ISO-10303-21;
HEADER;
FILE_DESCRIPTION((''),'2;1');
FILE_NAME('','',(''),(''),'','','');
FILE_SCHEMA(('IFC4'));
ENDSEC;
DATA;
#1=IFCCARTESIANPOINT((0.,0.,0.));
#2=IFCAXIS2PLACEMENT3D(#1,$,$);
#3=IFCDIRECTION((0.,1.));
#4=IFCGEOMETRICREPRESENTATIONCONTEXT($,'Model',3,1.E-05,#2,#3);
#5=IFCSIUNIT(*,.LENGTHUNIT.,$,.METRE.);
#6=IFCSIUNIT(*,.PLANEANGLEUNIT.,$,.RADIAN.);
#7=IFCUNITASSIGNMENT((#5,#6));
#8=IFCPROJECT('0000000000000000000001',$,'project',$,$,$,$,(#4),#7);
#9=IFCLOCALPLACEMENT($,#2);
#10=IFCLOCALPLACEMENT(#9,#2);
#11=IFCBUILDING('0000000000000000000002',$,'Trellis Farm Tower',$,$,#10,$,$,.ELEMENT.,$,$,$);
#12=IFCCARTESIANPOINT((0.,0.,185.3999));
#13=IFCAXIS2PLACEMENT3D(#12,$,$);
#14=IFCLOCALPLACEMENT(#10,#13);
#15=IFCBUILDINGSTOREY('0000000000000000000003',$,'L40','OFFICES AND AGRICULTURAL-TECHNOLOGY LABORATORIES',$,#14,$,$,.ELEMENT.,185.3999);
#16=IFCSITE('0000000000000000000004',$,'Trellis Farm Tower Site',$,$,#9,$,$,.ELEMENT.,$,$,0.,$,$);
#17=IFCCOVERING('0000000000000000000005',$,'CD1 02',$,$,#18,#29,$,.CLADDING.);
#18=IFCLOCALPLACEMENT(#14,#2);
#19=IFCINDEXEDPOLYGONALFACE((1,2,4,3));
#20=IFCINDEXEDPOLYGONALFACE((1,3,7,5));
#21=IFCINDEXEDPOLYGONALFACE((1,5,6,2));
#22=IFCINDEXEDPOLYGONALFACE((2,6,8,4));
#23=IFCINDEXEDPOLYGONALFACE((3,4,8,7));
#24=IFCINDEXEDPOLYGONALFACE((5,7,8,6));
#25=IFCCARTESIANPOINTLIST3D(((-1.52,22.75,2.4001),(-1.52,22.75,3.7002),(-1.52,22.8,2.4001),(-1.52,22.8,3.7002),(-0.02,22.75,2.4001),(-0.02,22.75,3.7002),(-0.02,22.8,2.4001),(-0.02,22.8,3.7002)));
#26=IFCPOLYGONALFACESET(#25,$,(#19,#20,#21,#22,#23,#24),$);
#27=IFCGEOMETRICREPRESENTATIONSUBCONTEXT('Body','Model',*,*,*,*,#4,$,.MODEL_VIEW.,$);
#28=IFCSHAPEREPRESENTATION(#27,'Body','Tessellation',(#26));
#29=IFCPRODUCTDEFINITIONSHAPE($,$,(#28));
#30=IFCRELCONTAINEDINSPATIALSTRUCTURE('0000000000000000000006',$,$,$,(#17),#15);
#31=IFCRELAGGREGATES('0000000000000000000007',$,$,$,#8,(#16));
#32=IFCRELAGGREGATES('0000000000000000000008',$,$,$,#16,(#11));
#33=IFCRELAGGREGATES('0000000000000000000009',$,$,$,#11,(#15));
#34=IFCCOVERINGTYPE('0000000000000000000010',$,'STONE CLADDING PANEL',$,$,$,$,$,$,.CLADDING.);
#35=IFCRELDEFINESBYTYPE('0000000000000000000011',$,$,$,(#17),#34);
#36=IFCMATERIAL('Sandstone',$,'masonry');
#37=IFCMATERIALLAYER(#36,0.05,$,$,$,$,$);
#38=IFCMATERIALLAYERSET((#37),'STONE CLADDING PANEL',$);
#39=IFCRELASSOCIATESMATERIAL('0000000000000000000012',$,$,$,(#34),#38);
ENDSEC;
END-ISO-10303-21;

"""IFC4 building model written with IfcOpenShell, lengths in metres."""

from ifc_helpers import new_model, si_unit, direction, frame, origin, place, context, subcontext, project, spatial, polyline, outline, extrude, material, layer, layer_set, type_object, element, save


model = new_model("IFC4")

# Units and contexts
model_context = context("Model", 3, precision=1e-05, world=origin(), true_north=direction((0.0, 1.0)))
body_context = subcontext(model_context, "Body", "Model", "MODEL_VIEW")
ifc_project = project(units=[si_unit("LENGTHUNIT", "METRE"), si_unit("PLANEANGLEUNIT", "RADIAN")], contexts=[model_context])

# Site, building, storey
site_placement = place(None, origin())
site = spatial("IfcSite", under=ifc_project, at=site_placement, Name="Trellis Farm Tower Site", CompositionType="ELEMENT", RefElevation=0.0)
building_placement = place(site_placement, origin())
building = spatial("IfcBuilding", under=site, at=building_placement, Name="Trellis Farm Tower", CompositionType="ELEMENT")
storey_placement = place(building_placement, frame((0.0, 0.0, 185.3999)))
storey = spatial("IfcBuildingStorey", under=building, at=storey_placement, Name="L40", Description="OFFICES AND AGRICULTURAL-TECHNOLOGY LABORATORIES", CompositionType="ELEMENT", Elevation=185.3999)

# Covering
ifc_material_1 = material(Name="Sandstone", Category="masonry")
ifc_layer_1 = layer(ifc_material_1, 0.05)
ifc_layer_set_1 = layer_set([ifc_layer_1], Name="STONE CLADDING PANEL")
covering_type = type_object("IfcCoveringType", Name="STONE CLADDING PANEL", PredefinedType="CLADDING", material=ifc_layer_set_1)
covering_placement = place(storey_placement, frame((0.0, 0.0, 2.4001)))
element("IfcCovering", 1, at=covering_placement, inside=storey, type_object=covering_type, Name="CD1 02", PredefinedType="CLADDING", context=body_context, shape_type="SweptSolid", body=[
    extrude(outline(polyline([(-0.02, 22.8), (-1.52, 22.8), (-1.52, 22.75), (-0.02, 22.75), (-0.02, 22.8)])), origin(), (0.0, 0.0, 1.0), 1.3),
])

save(model, "model.ifc")
